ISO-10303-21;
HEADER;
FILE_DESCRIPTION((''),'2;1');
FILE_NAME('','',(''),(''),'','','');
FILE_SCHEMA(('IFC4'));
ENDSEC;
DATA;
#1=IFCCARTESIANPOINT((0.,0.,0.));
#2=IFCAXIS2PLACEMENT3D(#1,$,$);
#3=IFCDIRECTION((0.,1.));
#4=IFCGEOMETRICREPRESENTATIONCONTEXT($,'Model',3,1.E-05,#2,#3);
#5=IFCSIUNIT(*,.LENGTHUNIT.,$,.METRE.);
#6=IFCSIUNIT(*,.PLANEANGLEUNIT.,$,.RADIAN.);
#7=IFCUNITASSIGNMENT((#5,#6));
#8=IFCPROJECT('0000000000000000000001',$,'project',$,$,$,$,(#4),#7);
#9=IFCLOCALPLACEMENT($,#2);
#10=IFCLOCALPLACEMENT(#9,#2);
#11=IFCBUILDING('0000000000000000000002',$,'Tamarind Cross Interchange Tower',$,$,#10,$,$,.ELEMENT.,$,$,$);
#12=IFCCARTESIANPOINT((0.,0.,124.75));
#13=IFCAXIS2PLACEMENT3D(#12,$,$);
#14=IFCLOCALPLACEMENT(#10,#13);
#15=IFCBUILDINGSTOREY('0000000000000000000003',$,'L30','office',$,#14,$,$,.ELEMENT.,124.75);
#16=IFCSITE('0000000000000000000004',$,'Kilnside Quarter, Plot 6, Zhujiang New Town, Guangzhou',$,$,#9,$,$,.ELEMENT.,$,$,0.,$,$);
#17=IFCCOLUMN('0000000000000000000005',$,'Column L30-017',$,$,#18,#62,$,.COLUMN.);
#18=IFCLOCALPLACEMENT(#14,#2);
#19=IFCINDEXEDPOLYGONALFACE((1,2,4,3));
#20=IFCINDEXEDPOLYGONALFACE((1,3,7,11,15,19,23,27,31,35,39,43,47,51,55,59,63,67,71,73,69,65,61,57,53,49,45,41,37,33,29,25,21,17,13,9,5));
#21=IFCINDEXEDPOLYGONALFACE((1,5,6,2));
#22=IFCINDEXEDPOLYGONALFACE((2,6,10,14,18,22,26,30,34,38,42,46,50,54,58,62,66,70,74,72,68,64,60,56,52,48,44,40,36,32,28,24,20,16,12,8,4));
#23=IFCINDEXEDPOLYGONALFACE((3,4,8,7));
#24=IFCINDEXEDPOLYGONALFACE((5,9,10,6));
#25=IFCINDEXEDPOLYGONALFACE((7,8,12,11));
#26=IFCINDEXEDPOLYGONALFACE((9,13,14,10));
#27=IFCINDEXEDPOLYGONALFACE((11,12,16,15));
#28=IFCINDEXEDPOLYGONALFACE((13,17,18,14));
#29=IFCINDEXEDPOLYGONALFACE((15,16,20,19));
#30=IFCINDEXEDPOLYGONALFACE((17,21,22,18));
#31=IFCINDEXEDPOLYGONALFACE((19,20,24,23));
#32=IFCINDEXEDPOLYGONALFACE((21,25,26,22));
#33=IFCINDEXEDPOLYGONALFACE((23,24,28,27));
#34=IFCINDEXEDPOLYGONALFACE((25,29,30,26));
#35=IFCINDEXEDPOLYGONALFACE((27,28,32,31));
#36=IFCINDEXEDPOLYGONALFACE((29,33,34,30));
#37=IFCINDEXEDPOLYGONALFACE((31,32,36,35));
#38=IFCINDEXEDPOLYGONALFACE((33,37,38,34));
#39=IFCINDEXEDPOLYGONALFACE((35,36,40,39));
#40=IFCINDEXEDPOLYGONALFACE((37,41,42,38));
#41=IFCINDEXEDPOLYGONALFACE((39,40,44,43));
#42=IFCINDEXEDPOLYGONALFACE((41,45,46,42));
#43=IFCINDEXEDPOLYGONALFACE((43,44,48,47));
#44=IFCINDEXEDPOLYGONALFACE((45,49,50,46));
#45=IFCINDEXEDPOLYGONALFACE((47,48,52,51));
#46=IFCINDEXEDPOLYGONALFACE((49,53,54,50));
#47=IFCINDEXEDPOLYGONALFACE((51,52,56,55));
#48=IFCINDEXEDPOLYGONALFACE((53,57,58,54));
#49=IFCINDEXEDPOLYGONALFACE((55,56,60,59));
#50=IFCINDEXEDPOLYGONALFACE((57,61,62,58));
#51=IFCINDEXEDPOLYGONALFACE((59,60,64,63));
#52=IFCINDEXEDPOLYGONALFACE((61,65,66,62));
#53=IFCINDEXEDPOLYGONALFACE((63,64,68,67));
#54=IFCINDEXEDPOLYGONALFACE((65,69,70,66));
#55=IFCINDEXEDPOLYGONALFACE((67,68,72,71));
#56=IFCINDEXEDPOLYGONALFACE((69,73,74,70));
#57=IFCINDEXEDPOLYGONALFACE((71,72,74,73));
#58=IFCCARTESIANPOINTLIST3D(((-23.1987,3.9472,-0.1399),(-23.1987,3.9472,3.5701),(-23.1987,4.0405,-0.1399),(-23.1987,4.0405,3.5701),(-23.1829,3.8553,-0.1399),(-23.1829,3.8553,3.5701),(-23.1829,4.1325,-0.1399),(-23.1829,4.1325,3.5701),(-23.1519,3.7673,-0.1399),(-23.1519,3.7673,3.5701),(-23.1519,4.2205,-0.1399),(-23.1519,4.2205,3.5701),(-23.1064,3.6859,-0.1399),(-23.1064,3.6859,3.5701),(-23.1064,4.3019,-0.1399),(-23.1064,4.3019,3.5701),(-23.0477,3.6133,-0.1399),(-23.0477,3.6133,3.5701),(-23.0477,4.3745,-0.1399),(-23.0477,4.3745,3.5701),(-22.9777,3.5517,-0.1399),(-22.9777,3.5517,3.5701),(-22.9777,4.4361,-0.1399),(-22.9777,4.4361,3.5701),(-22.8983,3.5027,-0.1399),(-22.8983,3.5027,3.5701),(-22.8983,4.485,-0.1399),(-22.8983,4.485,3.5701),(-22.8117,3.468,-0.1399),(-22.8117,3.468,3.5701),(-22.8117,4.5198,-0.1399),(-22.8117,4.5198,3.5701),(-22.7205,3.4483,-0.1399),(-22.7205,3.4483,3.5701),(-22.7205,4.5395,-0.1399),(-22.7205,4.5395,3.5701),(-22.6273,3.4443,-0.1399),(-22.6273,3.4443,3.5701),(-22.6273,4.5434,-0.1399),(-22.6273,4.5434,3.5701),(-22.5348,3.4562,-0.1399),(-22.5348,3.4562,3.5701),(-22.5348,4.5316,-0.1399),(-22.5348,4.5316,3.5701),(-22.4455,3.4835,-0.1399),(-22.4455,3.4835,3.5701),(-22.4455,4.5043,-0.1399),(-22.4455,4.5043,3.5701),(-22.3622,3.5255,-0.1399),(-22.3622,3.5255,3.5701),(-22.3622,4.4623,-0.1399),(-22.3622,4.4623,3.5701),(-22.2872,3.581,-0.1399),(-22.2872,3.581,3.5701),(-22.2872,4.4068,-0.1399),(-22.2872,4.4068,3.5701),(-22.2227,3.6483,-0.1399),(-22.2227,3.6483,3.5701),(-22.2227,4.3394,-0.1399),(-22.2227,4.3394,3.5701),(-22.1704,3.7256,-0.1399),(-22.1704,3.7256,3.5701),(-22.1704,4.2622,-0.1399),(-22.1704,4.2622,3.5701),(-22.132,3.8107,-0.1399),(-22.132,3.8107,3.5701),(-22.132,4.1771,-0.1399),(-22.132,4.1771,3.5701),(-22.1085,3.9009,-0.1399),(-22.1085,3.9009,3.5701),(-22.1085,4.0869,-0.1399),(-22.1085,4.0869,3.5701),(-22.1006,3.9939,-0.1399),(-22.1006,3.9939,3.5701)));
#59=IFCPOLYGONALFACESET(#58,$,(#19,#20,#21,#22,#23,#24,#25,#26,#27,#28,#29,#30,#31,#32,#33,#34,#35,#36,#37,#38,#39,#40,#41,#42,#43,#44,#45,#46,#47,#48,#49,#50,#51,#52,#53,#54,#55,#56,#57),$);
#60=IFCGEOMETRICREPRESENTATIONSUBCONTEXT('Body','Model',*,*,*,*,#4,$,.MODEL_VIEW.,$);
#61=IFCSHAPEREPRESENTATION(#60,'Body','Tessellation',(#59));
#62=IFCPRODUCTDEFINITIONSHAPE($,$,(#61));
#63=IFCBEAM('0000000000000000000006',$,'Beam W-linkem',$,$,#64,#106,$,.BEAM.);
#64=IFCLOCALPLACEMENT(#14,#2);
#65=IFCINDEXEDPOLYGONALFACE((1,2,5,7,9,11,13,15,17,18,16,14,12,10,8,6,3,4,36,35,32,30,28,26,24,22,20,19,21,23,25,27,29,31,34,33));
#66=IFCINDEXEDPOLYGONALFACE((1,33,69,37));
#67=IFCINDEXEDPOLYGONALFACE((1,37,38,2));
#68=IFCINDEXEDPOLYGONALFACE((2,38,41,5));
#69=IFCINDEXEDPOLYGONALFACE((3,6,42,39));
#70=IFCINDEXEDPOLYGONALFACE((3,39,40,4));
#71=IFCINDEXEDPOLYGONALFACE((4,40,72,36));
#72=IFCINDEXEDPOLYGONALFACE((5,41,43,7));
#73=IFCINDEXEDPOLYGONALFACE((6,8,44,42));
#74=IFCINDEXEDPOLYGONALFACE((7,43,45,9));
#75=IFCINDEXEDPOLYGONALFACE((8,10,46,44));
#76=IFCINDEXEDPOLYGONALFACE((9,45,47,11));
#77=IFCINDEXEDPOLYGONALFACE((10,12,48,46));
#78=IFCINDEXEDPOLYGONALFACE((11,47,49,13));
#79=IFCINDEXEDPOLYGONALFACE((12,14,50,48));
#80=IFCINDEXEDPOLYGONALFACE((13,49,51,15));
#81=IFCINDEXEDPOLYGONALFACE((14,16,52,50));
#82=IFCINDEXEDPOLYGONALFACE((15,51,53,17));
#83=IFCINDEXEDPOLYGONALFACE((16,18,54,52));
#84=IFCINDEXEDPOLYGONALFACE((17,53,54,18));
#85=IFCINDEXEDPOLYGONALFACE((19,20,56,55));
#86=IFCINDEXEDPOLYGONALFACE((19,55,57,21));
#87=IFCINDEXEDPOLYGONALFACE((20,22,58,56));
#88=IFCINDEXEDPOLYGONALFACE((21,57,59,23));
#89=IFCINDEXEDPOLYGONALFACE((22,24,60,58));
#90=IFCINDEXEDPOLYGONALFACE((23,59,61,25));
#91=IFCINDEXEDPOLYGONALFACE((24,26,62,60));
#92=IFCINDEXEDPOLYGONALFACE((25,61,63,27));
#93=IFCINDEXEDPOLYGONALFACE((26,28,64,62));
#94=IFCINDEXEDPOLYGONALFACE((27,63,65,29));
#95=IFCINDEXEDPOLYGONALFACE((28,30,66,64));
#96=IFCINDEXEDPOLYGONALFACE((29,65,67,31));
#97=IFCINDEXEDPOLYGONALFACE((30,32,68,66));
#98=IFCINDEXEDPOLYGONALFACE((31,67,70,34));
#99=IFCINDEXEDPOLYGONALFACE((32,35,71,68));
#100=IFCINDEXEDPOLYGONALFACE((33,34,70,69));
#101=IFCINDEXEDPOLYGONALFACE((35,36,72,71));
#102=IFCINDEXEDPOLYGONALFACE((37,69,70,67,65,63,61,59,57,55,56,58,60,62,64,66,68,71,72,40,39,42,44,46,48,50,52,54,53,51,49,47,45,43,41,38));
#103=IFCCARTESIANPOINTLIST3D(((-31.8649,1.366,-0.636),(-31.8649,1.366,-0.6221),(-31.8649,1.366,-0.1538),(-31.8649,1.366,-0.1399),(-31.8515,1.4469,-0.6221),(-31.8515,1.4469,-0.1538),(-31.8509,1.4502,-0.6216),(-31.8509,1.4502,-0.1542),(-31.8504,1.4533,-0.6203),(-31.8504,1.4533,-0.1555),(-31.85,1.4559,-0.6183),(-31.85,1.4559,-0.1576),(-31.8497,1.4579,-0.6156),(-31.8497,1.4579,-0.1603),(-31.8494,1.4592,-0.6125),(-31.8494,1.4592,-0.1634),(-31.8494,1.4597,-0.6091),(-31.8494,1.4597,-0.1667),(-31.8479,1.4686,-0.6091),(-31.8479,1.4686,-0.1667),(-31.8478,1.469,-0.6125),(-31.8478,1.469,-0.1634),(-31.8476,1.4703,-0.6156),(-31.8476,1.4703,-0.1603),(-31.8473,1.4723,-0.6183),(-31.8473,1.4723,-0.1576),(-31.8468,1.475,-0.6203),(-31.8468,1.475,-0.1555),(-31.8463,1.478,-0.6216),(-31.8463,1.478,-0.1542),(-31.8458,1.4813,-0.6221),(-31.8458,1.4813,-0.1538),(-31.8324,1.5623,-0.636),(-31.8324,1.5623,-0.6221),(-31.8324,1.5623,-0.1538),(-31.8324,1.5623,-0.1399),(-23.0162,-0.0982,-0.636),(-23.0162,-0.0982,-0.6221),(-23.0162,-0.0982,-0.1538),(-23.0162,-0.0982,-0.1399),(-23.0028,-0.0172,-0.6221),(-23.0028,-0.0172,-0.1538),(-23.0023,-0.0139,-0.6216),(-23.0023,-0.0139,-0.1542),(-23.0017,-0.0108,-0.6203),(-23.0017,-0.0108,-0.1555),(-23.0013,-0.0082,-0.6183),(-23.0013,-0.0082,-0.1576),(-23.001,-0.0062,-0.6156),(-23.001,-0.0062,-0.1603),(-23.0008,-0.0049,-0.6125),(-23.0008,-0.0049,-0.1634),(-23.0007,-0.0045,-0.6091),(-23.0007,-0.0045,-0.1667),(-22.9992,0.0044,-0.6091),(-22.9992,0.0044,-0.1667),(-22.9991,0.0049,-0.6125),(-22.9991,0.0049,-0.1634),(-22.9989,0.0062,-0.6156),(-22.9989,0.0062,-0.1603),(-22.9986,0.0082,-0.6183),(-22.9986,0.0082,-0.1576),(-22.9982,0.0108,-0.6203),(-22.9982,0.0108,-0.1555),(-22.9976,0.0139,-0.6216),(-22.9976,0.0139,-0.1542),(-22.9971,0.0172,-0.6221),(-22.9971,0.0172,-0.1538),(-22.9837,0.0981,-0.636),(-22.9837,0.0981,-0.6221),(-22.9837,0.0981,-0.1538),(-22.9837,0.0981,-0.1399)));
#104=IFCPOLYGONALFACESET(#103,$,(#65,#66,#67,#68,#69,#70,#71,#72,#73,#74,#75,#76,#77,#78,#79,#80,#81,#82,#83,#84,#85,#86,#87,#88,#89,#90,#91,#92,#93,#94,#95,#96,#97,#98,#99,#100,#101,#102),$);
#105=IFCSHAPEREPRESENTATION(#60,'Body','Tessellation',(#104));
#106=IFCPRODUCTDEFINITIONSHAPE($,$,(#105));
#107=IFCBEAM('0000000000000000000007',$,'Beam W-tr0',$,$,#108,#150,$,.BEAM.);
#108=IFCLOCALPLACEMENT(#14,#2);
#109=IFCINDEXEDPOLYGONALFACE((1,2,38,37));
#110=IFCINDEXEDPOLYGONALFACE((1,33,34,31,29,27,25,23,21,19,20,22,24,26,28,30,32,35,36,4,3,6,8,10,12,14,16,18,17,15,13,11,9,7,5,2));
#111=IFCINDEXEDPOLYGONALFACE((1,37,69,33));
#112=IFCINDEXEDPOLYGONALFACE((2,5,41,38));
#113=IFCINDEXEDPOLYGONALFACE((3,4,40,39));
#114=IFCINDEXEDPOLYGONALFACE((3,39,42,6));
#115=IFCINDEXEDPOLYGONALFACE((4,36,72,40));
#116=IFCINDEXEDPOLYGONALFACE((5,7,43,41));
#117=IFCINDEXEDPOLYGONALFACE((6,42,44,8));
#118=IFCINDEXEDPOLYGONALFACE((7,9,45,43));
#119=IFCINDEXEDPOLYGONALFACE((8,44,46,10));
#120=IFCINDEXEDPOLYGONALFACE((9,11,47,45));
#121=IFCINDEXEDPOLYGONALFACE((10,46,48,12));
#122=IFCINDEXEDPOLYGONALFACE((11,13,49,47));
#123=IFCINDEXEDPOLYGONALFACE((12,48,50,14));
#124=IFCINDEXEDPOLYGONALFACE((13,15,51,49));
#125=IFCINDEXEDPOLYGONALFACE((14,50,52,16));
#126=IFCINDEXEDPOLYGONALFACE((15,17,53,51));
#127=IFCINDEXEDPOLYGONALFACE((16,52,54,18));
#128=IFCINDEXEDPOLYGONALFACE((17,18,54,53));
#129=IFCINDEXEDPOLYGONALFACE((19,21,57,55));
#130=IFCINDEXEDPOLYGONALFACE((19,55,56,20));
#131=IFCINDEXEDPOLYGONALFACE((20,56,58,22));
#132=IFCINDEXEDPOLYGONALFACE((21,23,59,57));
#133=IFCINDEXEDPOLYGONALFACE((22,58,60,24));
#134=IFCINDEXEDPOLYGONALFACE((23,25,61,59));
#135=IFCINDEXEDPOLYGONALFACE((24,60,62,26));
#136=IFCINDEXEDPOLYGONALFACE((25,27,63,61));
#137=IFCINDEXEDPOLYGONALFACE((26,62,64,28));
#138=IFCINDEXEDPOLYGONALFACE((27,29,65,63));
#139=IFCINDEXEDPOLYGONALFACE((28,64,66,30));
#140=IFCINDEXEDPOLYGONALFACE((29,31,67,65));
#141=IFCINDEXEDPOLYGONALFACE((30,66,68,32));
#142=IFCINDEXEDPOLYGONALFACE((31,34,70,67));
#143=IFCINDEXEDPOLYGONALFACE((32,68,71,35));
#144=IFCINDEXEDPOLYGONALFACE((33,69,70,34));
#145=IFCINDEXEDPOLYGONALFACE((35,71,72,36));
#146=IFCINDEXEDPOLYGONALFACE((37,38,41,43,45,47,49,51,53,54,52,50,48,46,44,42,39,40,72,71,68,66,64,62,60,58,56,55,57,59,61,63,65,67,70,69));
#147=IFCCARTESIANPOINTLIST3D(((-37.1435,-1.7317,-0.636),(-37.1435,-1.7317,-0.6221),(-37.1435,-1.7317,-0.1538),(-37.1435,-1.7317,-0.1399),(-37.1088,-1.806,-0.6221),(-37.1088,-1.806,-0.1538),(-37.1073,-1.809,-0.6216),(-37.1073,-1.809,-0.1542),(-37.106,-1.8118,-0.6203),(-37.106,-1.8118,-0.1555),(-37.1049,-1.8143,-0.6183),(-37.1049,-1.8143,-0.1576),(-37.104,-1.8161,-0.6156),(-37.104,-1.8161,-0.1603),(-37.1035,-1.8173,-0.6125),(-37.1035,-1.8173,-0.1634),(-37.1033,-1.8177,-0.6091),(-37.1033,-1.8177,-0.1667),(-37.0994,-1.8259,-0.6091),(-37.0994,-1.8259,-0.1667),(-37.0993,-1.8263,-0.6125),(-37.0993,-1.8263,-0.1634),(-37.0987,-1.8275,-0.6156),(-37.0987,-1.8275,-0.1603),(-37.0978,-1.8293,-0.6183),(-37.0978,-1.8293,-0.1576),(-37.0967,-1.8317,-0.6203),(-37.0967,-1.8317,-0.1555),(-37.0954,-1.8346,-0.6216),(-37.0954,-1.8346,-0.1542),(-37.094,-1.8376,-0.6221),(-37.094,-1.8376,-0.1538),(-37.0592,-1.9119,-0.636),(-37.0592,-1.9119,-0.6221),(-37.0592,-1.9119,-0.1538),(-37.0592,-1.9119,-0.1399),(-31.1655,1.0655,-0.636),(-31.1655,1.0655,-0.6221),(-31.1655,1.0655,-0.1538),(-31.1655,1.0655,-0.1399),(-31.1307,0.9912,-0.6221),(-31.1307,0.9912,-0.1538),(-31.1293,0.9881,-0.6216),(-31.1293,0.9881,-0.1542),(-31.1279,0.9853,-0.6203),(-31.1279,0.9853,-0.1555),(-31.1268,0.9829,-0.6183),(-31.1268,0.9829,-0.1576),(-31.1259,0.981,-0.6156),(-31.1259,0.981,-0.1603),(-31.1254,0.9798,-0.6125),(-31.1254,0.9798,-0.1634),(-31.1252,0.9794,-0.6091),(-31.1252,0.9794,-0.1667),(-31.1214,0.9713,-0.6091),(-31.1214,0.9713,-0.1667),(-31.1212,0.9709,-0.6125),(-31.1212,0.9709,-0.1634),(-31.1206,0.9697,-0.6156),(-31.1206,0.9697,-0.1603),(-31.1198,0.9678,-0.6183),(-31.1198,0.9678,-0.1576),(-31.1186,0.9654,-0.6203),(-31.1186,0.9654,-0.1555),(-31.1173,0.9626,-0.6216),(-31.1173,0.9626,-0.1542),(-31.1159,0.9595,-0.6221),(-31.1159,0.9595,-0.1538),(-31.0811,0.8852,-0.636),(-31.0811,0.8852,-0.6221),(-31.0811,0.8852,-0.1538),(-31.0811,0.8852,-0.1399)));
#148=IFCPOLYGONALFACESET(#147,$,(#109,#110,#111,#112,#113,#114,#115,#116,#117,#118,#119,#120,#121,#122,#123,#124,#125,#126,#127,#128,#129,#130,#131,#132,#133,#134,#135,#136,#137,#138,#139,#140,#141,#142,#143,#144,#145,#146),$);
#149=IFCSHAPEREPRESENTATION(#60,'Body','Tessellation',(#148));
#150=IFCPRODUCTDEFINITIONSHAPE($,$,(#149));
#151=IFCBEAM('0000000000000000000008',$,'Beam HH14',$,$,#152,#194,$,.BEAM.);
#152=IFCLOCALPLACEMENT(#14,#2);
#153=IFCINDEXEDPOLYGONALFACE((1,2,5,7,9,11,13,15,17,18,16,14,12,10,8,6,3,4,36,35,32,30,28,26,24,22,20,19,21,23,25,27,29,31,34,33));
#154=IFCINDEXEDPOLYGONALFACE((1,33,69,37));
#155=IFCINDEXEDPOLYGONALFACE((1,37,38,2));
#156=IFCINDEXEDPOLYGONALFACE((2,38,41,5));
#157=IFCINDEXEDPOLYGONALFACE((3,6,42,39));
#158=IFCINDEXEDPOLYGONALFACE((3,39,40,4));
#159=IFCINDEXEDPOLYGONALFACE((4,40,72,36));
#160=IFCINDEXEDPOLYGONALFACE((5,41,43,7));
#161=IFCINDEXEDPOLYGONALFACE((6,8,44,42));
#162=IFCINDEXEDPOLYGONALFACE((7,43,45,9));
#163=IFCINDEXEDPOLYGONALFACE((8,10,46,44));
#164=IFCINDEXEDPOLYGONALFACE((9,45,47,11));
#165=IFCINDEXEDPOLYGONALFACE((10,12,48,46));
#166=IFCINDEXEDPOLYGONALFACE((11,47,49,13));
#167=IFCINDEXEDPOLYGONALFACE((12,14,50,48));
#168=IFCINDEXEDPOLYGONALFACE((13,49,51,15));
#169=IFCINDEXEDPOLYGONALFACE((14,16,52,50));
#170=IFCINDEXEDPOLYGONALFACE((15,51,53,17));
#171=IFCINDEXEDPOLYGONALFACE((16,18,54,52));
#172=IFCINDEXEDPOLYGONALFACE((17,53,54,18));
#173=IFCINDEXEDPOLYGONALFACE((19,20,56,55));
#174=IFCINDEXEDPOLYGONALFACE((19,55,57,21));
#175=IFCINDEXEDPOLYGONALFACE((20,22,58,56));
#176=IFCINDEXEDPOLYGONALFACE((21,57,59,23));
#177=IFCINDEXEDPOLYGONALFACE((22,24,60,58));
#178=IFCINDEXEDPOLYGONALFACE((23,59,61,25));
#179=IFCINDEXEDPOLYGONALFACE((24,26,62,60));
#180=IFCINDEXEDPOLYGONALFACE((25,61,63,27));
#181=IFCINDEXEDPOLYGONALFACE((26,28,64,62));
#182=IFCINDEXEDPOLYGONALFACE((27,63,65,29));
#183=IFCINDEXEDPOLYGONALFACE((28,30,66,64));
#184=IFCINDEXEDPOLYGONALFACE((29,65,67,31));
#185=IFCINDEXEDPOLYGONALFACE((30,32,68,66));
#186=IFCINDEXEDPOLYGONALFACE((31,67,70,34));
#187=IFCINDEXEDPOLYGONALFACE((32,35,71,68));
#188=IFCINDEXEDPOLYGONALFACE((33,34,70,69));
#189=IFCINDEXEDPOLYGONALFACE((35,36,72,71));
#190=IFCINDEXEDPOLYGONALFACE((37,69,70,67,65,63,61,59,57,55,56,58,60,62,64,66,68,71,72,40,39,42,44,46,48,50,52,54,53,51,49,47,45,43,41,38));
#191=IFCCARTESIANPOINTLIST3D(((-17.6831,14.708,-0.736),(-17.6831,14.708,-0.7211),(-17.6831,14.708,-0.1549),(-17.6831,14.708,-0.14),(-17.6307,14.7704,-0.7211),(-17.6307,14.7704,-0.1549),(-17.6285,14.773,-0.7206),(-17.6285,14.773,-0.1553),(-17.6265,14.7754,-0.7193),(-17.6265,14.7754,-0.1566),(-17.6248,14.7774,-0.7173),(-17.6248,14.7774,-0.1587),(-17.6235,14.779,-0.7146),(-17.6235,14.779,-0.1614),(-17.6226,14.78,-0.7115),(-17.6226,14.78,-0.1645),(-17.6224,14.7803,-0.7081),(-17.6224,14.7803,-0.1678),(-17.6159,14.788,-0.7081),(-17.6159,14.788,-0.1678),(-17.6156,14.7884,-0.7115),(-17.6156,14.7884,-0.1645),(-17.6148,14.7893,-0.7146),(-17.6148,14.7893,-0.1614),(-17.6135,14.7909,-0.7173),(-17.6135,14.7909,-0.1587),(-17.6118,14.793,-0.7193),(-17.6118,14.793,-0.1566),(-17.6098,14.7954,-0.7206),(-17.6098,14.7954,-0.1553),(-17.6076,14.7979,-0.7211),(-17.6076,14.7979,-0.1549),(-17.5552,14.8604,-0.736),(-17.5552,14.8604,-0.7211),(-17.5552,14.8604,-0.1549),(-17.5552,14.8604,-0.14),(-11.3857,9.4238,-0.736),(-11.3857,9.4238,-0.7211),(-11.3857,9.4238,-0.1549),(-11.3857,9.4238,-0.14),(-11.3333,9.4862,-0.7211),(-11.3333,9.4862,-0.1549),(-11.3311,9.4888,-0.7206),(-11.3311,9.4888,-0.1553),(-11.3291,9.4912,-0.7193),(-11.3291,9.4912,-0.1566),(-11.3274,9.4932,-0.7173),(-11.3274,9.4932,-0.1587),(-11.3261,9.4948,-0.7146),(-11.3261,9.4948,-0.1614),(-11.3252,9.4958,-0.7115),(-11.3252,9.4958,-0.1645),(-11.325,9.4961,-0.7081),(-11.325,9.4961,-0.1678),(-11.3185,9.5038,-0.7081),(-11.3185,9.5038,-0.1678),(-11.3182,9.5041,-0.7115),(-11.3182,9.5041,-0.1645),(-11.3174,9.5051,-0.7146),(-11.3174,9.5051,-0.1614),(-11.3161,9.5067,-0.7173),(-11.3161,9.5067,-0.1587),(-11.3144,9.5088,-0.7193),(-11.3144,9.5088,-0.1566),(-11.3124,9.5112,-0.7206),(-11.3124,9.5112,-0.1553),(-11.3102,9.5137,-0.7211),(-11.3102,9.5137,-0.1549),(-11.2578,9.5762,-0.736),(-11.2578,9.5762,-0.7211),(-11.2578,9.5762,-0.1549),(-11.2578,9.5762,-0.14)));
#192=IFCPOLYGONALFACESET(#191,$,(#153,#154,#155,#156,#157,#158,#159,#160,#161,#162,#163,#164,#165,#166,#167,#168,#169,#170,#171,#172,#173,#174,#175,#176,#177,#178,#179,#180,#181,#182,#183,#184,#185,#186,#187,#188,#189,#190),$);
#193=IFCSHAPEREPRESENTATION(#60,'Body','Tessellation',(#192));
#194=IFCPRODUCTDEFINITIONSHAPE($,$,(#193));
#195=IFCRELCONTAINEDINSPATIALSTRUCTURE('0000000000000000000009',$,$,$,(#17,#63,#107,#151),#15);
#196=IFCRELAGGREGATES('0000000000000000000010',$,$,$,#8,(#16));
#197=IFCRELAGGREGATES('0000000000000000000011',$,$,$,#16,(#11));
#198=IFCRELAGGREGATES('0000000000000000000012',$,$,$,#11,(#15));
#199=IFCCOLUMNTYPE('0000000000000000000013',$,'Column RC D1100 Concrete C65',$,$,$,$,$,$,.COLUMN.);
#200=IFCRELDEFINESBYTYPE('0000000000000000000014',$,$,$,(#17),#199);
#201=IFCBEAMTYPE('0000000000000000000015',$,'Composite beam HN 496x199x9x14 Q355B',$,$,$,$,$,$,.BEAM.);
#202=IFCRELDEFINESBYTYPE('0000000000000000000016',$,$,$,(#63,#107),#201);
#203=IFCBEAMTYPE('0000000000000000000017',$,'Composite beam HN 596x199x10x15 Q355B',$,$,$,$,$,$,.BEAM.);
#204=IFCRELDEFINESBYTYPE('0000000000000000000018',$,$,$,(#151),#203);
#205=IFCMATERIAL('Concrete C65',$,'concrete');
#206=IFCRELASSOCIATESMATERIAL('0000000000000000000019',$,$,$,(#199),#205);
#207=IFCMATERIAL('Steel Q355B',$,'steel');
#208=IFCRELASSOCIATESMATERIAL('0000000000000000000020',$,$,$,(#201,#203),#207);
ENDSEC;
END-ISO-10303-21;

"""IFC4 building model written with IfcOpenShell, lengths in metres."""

from ifc_helpers import new_model, si_unit, direction, frame, origin, origin_2d, place, context, subcontext, project, spatial, circle, i_section, extrude, material, material_profile, profile_set, type_object, element, save


model = new_model("IFC4")

# Units and contexts
model_context = context("Model", 3, precision=1e-05, world=origin(), true_north=direction((0.0, 1.0)))
body_context = subcontext(model_context, "Body", "Model", "MODEL_VIEW")
ifc_project = project(units=[si_unit("LENGTHUNIT", "METRE"), si_unit("PLANEANGLEUNIT", "RADIAN")], contexts=[model_context])

# Site, building, storey
site_placement = place(None, origin())
site = spatial("IfcSite", under=ifc_project, at=site_placement, Name="Kilnside Quarter, Plot 6, Zhujiang New Town, Guangzhou", CompositionType="ELEMENT", RefElevation=0.0)
building_placement = place(site_placement, origin())
building = spatial("IfcBuilding", under=site, at=building_placement, Name="Tamarind Cross Interchange Tower", CompositionType="ELEMENT")
storey_placement = place(building_placement, frame((0.0, 0.0, 124.75)))
storey = spatial("IfcBuildingStorey", under=building, at=storey_placement, Name="L30", Description="office", CompositionType="ELEMENT", Elevation=124.75)

# Column
ifc_material_1 = material(Name="Concrete C65", Category="concrete")
ifc_material_profile_1 = material_profile(ifc_material_1, circle(Radius=0.55, at=origin_2d()), Name="RC D1100")
ifc_profile_set_1 = profile_set([ifc_material_profile_1], Name="Concrete C65")
column_type_1 = type_object("IfcColumnType", Name="Column RC D1100 Concrete C65", PredefinedType="COLUMN", material=ifc_profile_set_1)
for number, where, z_axis, x_axis, name in (
    (1, (-22.6506, 3.9939, -0.1399), (0.0, 0.0, 1.0), (1.0, 0.0, 0.0), "Column L30-017"),
):
    element("IfcColumn", number, at=place(storey_placement, frame(where, z_axis=z_axis, x_axis=x_axis)), inside=storey, type_object=column_type_1, Name=name, PredefinedType="COLUMN", context=body_context, shape_type="SweptSolid", body=[
        extrude(circle(Radius=0.55, at=origin_2d()), origin(), (0.0, 0.0, 1.0), 3.71),
    ])

# Beams
ifc_material_2 = material(Name="Steel Q355B", Category="steel")
ifc_material_profile_2 = material_profile(ifc_material_2, i_section(OverallWidth=0.199, OverallDepth=0.4961, WebThickness=0.009, FlangeThickness=0.0139, FilletRadius=0.0129, at=origin_2d()), Name="HN 496x199x9x14")
ifc_profile_set_2 = profile_set([ifc_material_profile_2], Name="Steel Q355B")
beam_type_1 = type_object("IfcBeamType", Name="Composite beam HN 496x199x9x14 Q355B", PredefinedType="BEAM", material=ifc_profile_set_2)
beam_1_placement = place(storey_placement, frame((-31.8486, 1.4641, -0.3879), z_axis=(0.986586, -0.163242, 0.0), x_axis=(0.163242, 0.986586, 0.0)))
element("IfcBeam", 2, at=beam_1_placement, inside=storey, type_object=beam_type_1, Name="Beam W-linkem", PredefinedType="BEAM", context=body_context, shape_type="SweptSolid", body=[
    extrude(i_section(OverallWidth=0.199, OverallDepth=0.4961, WebThickness=0.009, FlangeThickness=0.0139, FilletRadius=0.0129, at=origin_2d()), origin(), (0.0, 0.0, 1.0), 8.969),
])
beam_2_placement = place(storey_placement, frame((-31.1233, 0.9753, -0.3879), z_axis=(-0.905755, -0.423803, 0.0), x_axis=(0.423803, -0.905755, 0.0)))
element("IfcBeam", 3, at=beam_2_placement, inside=storey, type_object=beam_type_1, Name="Beam W-tr0", PredefinedType="BEAM", context=body_context, shape_type="SweptSolid", body=[
    extrude(i_section(OverallWidth=0.199, OverallDepth=0.4961, WebThickness=0.009, FlangeThickness=0.0139, FilletRadius=0.0129, at=origin_2d()), origin(), (0.0, 0.0, 1.0), 6.6001),
])
ifc_material_profile_3 = material_profile(ifc_material_2, i_section(OverallWidth=0.199, OverallDepth=0.5959, WebThickness=0.01, FlangeThickness=0.0149, FilletRadius=0.0129, at=origin_2d()), Name="HN 596x199x10x15")
ifc_profile_set_3 = profile_set([ifc_material_profile_3], Name="Steel Q355B")
beam_type_2 = type_object("IfcBeamType", Name="Composite beam HN 596x199x10x15 Q355B", PredefinedType="BEAM", material=ifc_profile_set_3)
beam_3_placement = place(storey_placement, frame((-17.6191, 14.7842, -0.438), z_axis=(0.766041, -0.642792, 0.0), x_axis=(0.642792, 0.766041, 0.0)))
element("IfcBeam", 4, at=beam_3_placement, inside=storey, type_object=beam_type_2, Name="Beam HH14", PredefinedType="BEAM", context=body_context, shape_type="SweptSolid", body=[
    extrude(i_section(OverallWidth=0.199, OverallDepth=0.5959, WebThickness=0.01, FlangeThickness=0.0149, FilletRadius=0.0129, at=origin_2d()), origin(), (0.0, 0.0, 1.0), 8.2207),
])

save(model, "model.ifc")
